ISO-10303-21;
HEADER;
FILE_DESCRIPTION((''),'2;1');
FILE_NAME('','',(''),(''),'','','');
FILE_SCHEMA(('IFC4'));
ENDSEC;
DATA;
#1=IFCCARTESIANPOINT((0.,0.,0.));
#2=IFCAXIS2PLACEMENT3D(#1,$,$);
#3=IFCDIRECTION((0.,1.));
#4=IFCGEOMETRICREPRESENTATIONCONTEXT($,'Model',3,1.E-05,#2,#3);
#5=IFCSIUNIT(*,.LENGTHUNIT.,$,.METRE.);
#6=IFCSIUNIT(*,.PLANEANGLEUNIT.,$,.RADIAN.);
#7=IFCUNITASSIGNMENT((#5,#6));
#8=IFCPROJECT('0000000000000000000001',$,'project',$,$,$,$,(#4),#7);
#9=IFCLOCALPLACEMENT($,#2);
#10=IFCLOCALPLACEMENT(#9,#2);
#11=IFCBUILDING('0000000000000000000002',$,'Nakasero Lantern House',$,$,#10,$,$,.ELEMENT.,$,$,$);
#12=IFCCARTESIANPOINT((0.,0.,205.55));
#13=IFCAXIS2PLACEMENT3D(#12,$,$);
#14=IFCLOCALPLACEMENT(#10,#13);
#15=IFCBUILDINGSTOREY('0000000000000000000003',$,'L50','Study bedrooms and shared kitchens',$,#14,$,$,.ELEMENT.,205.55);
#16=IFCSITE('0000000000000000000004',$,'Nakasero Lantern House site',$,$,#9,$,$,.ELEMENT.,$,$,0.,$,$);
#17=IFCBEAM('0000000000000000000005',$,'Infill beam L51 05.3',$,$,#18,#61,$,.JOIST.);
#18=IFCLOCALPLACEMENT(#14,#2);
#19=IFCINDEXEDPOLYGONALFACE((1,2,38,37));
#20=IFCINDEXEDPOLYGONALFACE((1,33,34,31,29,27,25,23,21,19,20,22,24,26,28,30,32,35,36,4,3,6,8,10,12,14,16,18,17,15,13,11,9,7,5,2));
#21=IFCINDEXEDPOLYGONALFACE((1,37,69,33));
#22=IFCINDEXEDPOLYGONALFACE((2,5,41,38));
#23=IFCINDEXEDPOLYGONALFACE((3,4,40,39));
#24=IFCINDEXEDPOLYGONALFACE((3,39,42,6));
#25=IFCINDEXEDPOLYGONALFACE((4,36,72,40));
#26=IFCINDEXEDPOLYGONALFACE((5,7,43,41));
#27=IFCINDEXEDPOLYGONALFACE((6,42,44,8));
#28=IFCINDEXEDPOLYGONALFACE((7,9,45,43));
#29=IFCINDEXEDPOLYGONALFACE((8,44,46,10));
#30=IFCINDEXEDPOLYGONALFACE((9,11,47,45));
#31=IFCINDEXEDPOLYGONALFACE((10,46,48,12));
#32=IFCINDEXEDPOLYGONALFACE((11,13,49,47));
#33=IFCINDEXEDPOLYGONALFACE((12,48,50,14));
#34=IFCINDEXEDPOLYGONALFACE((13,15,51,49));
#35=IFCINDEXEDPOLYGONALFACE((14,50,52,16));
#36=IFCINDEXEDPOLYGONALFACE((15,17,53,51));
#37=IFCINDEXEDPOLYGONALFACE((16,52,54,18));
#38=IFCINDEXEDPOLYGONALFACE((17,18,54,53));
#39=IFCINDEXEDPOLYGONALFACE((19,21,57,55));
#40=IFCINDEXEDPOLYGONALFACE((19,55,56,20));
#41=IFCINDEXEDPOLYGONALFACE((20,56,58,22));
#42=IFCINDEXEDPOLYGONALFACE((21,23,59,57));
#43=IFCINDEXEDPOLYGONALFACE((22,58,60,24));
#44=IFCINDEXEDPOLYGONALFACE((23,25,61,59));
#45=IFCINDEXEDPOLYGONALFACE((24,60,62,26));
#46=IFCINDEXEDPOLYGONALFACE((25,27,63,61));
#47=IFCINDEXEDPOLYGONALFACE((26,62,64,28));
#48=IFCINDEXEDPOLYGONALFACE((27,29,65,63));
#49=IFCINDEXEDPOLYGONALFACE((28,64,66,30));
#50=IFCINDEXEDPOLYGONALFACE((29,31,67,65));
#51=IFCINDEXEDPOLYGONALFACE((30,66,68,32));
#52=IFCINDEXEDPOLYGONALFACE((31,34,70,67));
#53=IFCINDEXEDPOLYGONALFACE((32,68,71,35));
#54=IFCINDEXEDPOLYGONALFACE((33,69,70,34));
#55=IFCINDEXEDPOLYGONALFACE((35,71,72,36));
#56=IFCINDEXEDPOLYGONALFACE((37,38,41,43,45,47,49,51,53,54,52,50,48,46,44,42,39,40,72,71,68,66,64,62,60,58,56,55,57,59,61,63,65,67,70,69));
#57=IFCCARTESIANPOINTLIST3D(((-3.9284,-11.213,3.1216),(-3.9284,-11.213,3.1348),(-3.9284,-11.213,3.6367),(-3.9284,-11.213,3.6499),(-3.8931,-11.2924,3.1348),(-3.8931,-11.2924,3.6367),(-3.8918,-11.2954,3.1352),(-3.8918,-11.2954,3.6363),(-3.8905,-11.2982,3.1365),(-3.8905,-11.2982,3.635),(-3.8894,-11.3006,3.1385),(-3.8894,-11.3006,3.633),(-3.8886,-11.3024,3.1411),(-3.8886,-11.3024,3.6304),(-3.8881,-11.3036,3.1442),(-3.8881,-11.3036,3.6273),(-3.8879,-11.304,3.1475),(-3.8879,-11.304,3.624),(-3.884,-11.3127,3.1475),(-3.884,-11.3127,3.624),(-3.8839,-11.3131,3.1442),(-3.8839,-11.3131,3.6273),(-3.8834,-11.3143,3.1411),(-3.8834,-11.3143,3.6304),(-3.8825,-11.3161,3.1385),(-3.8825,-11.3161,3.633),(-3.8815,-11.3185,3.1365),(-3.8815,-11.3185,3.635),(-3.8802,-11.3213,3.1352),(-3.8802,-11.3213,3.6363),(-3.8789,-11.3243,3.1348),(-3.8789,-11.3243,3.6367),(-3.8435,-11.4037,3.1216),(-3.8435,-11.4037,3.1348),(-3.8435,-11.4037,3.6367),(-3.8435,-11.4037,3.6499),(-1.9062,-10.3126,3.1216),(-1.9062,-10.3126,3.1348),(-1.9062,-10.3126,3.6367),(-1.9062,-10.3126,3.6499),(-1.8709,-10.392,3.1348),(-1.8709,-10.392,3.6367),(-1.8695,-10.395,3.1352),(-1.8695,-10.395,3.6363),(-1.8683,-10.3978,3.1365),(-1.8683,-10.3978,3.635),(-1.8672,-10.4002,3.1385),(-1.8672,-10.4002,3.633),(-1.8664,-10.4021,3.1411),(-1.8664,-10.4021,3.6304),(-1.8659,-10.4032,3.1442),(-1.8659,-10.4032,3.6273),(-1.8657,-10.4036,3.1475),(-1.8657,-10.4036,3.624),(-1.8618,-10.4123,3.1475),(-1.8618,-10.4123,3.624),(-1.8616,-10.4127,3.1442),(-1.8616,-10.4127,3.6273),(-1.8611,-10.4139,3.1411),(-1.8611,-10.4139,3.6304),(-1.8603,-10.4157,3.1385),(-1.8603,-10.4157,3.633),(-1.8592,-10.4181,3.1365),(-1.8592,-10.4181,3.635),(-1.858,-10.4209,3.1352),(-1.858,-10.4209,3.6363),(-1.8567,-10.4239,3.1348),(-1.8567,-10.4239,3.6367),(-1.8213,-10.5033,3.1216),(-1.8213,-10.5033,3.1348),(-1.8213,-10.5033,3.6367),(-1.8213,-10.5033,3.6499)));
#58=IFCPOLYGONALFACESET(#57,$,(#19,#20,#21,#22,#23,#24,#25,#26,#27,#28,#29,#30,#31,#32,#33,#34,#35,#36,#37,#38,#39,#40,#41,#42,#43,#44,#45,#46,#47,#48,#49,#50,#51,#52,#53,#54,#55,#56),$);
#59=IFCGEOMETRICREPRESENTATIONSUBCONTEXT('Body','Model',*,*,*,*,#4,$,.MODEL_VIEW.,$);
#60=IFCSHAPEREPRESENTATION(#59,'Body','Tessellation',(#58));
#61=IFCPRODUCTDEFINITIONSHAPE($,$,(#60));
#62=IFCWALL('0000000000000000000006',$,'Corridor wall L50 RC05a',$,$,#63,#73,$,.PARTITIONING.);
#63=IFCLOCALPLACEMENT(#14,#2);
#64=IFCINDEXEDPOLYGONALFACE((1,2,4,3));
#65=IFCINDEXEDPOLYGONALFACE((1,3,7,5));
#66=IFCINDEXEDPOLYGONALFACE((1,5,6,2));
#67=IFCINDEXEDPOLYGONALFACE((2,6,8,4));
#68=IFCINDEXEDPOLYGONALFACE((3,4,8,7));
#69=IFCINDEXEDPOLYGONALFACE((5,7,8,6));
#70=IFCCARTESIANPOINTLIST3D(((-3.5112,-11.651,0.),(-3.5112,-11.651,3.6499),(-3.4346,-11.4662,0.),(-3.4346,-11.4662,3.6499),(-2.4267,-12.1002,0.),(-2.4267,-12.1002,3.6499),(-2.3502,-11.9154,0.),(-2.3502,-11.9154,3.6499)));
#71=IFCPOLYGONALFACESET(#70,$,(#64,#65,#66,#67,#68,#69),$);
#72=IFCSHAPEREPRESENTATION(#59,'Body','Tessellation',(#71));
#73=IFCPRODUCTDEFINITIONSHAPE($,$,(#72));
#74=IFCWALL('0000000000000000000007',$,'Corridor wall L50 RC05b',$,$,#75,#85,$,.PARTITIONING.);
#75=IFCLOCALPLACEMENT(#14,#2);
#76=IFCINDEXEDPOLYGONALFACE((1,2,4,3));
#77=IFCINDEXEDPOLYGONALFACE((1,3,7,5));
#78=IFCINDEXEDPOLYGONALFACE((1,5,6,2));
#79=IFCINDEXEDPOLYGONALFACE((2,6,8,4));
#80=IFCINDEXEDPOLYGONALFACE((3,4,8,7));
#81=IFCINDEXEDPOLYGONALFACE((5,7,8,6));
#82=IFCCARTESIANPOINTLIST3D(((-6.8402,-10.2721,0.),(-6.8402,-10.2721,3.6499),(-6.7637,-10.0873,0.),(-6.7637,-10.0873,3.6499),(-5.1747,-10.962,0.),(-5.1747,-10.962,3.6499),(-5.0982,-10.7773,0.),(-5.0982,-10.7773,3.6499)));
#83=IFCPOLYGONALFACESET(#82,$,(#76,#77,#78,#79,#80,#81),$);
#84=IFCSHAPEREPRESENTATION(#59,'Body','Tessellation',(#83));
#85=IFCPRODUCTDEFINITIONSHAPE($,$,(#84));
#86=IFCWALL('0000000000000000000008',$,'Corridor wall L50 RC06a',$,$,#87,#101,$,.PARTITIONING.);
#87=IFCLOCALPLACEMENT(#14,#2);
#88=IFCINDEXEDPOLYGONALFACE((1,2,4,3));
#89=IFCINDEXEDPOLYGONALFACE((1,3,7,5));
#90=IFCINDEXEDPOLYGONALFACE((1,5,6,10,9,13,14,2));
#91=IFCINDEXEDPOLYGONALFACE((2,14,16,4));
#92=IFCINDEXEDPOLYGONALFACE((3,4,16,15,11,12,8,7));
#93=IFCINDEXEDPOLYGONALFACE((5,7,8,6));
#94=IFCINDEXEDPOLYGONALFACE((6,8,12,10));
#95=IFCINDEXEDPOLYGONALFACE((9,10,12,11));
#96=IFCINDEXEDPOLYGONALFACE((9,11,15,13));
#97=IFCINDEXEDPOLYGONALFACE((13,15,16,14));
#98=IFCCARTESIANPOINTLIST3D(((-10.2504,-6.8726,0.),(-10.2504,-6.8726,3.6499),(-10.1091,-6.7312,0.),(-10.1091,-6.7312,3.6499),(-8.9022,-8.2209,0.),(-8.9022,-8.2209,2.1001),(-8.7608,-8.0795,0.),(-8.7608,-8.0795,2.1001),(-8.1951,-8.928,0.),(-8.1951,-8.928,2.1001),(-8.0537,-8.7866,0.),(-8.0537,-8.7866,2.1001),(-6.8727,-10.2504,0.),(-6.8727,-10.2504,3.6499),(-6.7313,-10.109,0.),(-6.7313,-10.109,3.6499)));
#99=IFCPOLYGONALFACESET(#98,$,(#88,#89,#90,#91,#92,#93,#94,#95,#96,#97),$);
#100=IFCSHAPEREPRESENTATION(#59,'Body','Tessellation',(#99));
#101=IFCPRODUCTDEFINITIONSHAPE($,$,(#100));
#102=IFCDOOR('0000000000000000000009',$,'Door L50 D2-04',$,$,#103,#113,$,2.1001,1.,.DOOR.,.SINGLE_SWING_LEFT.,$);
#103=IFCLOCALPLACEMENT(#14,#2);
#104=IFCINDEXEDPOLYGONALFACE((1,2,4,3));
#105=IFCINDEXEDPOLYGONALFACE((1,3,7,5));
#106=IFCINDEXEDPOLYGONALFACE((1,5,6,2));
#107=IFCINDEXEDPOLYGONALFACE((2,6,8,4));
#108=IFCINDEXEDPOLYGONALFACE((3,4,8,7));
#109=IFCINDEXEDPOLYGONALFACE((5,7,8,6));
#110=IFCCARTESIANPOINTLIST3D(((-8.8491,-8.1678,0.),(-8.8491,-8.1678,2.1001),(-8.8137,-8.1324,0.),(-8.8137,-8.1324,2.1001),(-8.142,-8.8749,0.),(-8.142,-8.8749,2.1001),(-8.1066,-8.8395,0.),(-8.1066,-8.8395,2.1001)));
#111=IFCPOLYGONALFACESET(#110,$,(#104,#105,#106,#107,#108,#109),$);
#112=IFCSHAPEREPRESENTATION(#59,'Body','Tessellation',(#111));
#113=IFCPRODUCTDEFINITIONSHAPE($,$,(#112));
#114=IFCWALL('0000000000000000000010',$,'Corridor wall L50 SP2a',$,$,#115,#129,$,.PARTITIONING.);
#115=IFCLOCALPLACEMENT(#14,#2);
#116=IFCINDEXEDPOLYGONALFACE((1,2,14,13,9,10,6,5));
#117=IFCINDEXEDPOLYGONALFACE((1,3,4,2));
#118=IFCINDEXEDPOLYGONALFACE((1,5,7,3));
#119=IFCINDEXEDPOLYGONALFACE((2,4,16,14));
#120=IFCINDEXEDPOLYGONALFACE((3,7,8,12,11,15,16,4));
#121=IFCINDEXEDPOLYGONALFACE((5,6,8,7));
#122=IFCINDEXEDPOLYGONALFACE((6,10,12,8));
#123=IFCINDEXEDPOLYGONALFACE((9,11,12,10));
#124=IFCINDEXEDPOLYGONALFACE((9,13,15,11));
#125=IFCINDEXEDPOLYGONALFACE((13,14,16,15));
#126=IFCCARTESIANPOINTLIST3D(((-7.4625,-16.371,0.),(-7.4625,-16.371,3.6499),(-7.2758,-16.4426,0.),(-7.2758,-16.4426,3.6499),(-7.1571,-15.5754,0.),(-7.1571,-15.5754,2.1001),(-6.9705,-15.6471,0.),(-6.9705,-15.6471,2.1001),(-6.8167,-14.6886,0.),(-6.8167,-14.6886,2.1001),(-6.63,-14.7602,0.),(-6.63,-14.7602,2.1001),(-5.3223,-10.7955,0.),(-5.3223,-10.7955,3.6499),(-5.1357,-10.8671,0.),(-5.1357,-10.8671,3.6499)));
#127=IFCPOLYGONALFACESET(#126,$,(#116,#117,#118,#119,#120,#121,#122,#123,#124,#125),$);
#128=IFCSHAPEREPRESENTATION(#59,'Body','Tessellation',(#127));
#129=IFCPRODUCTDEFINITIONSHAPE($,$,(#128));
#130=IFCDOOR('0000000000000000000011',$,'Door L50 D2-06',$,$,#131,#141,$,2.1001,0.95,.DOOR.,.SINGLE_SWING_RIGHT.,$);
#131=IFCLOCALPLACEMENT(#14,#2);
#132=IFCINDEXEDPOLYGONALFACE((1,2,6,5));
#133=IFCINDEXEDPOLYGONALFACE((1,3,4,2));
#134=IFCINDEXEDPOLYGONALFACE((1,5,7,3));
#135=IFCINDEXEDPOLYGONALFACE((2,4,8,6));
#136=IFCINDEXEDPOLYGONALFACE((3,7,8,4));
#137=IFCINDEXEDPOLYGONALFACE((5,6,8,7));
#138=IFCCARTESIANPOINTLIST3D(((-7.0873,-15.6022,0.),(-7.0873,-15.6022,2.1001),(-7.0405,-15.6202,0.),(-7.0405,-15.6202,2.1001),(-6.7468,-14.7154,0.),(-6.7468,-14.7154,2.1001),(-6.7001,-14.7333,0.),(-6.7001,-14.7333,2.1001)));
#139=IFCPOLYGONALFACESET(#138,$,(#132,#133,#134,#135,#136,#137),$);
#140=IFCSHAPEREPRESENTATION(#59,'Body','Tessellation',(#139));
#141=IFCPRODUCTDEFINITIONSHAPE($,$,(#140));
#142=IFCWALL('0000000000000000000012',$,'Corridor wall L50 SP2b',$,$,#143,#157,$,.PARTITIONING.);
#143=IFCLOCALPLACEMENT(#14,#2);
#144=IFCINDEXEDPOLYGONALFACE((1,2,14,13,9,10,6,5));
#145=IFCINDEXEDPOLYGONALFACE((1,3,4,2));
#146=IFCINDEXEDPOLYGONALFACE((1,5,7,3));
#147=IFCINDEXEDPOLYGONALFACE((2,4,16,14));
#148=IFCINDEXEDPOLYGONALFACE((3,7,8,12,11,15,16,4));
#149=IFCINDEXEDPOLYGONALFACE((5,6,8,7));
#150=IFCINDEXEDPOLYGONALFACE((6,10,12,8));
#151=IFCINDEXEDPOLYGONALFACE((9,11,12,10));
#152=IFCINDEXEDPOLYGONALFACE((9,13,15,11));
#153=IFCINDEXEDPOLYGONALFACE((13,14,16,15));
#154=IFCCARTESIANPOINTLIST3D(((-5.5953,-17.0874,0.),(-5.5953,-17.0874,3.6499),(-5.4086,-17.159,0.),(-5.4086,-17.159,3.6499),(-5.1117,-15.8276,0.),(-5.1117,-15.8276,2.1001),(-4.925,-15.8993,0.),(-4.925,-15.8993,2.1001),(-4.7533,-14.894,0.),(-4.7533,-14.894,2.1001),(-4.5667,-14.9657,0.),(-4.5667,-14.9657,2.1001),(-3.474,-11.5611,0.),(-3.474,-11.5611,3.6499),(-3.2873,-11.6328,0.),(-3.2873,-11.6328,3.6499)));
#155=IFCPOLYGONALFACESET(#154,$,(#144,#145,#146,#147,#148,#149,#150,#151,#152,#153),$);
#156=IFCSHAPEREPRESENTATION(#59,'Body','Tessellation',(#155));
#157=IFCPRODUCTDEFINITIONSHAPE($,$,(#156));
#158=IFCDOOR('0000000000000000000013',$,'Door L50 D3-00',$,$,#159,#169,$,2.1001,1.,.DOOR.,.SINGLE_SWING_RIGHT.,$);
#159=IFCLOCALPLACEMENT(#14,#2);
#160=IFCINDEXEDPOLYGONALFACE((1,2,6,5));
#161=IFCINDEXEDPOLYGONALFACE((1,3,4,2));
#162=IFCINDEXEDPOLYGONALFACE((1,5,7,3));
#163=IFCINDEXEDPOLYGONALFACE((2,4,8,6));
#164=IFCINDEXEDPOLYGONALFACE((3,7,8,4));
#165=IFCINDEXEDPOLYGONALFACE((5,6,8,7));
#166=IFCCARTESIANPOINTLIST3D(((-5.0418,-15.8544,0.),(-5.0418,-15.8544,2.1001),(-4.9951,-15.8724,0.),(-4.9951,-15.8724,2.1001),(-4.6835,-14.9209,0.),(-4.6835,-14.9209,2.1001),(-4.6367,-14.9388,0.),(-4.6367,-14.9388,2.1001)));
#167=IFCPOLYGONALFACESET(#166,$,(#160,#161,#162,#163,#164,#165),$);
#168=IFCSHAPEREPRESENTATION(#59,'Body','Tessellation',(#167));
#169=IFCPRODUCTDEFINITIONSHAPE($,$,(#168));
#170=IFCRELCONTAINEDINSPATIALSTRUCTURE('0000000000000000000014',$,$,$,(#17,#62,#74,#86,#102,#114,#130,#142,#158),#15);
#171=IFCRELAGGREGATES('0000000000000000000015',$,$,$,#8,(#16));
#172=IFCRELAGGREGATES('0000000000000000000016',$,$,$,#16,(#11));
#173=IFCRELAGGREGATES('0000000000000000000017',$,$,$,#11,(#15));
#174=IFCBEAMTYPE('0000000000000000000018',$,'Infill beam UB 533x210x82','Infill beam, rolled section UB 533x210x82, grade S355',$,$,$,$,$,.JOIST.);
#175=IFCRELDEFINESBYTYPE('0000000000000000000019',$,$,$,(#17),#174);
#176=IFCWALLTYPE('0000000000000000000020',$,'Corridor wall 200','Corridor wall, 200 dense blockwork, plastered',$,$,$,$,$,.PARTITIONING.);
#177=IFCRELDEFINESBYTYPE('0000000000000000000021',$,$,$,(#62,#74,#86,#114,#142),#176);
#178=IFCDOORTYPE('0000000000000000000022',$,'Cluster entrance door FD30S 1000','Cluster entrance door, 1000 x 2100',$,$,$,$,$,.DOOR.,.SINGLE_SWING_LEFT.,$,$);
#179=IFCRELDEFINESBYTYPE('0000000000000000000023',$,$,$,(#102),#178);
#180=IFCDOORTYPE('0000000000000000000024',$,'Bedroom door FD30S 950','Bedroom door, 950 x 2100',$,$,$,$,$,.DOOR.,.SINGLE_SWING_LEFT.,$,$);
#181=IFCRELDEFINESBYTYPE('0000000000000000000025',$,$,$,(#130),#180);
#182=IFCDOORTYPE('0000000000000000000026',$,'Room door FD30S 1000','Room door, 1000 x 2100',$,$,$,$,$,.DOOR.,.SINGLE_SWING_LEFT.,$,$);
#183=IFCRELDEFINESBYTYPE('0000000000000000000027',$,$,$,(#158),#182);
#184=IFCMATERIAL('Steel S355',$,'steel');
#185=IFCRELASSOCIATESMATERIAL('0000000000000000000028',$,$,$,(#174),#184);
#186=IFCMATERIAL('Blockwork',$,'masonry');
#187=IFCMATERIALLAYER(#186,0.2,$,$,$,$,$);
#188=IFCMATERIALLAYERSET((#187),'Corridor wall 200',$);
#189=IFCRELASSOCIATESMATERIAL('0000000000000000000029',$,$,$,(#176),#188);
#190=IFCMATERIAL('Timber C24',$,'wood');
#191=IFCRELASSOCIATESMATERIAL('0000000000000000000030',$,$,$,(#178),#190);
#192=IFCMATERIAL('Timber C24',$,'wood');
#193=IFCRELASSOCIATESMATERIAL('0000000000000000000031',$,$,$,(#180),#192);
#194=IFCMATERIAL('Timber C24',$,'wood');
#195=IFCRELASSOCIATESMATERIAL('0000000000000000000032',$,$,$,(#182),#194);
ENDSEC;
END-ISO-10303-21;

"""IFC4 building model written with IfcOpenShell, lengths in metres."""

from ifc_helpers import new_model, si_unit, direction, frame, frame_2d, origin, origin_2d, place, context, subcontext, project, spatial, rectangle, i_section, extrude, material, layer, layer_set, material_profile, profile_set, type_object, element, fill, save


model = new_model("IFC4")

# Units and contexts
model_context = context("Model", 3, precision=1e-05, world=origin(), true_north=direction((0.0, 1.0)))
body_context = subcontext(model_context, "Body", "Model", "MODEL_VIEW")
ifc_project = project(units=[si_unit("LENGTHUNIT", "METRE"), si_unit("PLANEANGLEUNIT", "RADIAN")], contexts=[model_context])

# Site, building, storey
site_placement = place(None, origin())
site = spatial("IfcSite", under=ifc_project, at=site_placement, Name="Nakasero Lantern House site", CompositionType="ELEMENT", RefElevation=0.0)
building_placement = place(site_placement, origin())
building = spatial("IfcBuilding", under=site, at=building_placement, Name="Nakasero Lantern House", CompositionType="ELEMENT")
storey_placement = place(building_placement, frame((0.0, 0.0, 205.55)))
storey = spatial("IfcBuildingStorey", under=building, at=storey_placement, Name="L50", Description="Study bedrooms and shared kitchens", CompositionType="ELEMENT", Elevation=205.55)

# Beam
ifc_material_1 = material(Name="Steel S355", Category="steel")
ifc_material_profile = material_profile(ifc_material_1, i_section(OverallWidth=0.2087, OverallDepth=0.5283, WebThickness=0.0095, FlangeThickness=0.0132, FilletRadius=0.0127, at=origin_2d()), Name="UB 533x210x82")
ifc_profile_set = profile_set([ifc_material_profile], Name="Steel S355")
beam_type = type_object("IfcBeamType", Name="Infill beam UB 533x210x82", Description="Infill beam, rolled section UB 533x210x82, grade S355", PredefinedType="JOIST", material=ifc_profile_set)
beam_placement = place(storey_placement, frame((-3.886, -11.3083, 3.3857), z_axis=(0.913538, 0.406752, 0.0), x_axis=(-0.406752, 0.913538, 0.0)))
element("IfcBeam", 1, at=beam_placement, inside=storey, type_object=beam_type, Name="Infill beam L51 05.3", PredefinedType="JOIST", context=body_context, shape_type="SweptSolid", body=[
    extrude(i_section(OverallWidth=0.2087, OverallDepth=0.5283, WebThickness=0.0095, FlangeThickness=0.0132, FilletRadius=0.0127, at=origin_2d()), origin(), (0.0, 0.0, 1.0), 2.2136),
])

# Walls
ifc_material_2 = material(Name="Blockwork", Category="masonry")
ifc_layer_1 = layer(ifc_material_2, 0.2)
ifc_layer_set_1 = layer_set([ifc_layer_1], Name="Corridor wall 200")
wall_type_1 = type_object("IfcWallType", Name="Corridor wall 200", Description="Corridor wall, 200 dense blockwork, plastered", PredefinedType="PARTITIONING", material=ifc_layer_set_1)
wall_1_placement = place(storey_placement, frame((-2.3884, -12.0078, 0.0), z_axis=(0.0, 0.0, 1.0), x_axis=(-0.923875, 0.382695, 0.0)))
element("IfcWall", 2, at=wall_1_placement, inside=storey, type_object=wall_type_1, Name="Corridor wall L50 RC05a", PredefinedType="PARTITIONING", context=body_context, shape_type="SweptSolid", body=[
    extrude(rectangle(XDim=1.1738, YDim=0.2, at=frame_2d((0.5869, 0.0))), origin(), (0.0, 0.0, 1.0), 3.6499),
])
wall_2_placement = place(storey_placement, frame((-5.1365, -10.8696, 0.0), z_axis=(0.0, 0.0, 1.0), x_axis=(-0.923868, 0.382711, 0.0)))
element("IfcWall", 3, at=wall_2_placement, inside=storey, type_object=wall_type_1, Name="Corridor wall L50 RC05b", PredefinedType="PARTITIONING", context=body_context, shape_type="SweptSolid", body=[
    extrude(rectangle(XDim=1.8027, YDim=0.2, at=frame_2d((0.9014, 0.0))), origin(), (0.0, 0.0, 1.0), 3.6499),
])

# Walls, openings, doors
wall_3_placement = place(storey_placement, frame((-6.802, -10.1797, 0.0), z_axis=(0.0, 0.0, 1.0), x_axis=(-0.707107, 0.707107, 0.0)))
wall_3 = element("IfcWall", 4, at=wall_3_placement, inside=storey, type_object=wall_type_1, Name="Corridor wall L50 RC06a", PredefinedType="PARTITIONING", context=body_context, shape_type="SweptSolid", body=[
    extrude(rectangle(XDim=4.7769, YDim=0.2, at=frame_2d((2.3884, 0.0))), origin(), (0.0, 0.0, 1.0), 3.6499),
])
opening_1_placement = place(wall_3_placement, frame((1.8701, 0.0, 0.0)))
opening_1 = element("IfcOpeningElement", 5, at=opening_1_placement, cuts=wall_3, PredefinedType="OPENING", context=body_context, shape_type="SweptSolid", body=[
    extrude(rectangle(XDim=1.0, YDim=2.1001, at=frame_2d((0.5, 1.05))), frame((0.0, 0.1199, 0.0), z_axis=(0.0, -1.0, 0.0), x_axis=(1.0, 0.0, 0.0)), (0.0, 0.0, 1.0), 0.24),
])
ifc_material_3 = material(Name="Timber C24", Category="wood")
door_type_1 = type_object("IfcDoorType", Name="Cluster entrance door FD30S 1000", Description="Cluster entrance door, 1000 x 2100", OperationType="SINGLE_SWING_LEFT", PredefinedType="DOOR", material=ifc_material_3)
door_1_placement = place(opening_1_placement, origin())
door_1 = element("IfcDoor", 6, at=door_1_placement, inside=storey, type_object=door_type_1, Name="Door L50 D2-04", OperationType="SINGLE_SWING_LEFT", OverallHeight=2.1001, OverallWidth=1.0, PredefinedType="DOOR", context=body_context, shape_type="SweptSolid", body=[
    extrude(rectangle(XDim=1.0, YDim=2.1001, at=frame_2d((0.5, 1.05))), frame((0.0, 0.0249, 0.0), z_axis=(0.0, -1.0, 0.0), x_axis=(1.0, 0.0, 0.0)), (0.0, 0.0, 1.0), 0.05),
])
fill(opening_1, door_1)
wall_4_placement = place(storey_placement, frame((-5.229, -10.8313, 0.0), z_axis=(0.0, 0.0, 1.0), x_axis=(-0.358357, -0.933585, 0.0)))
wall_4 = element("IfcWall", 7, at=wall_4_placement, inside=storey, type_object=wall_type_1, Name="Corridor wall L50 SP2a", PredefinedType="PARTITIONING", context=body_context, shape_type="SweptSolid", body=[
    extrude(rectangle(XDim=5.9722, YDim=0.2, at=frame_2d((2.9861, 0.0))), origin(), (0.0, 0.0, 1.0), 3.6499),
])
opening_2_placement = place(wall_4_placement, frame((4.1699, 0.0, 0.0)))
opening_2 = element("IfcOpeningElement", 8, at=opening_2_placement, cuts=wall_4, PredefinedType="OPENING", context=body_context, shape_type="SweptSolid", body=[
    extrude(rectangle(XDim=0.95, YDim=2.1001, at=frame_2d((0.4751, 1.05))), frame((0.0, 0.1199, 0.0), z_axis=(0.0, -1.0, 0.0), x_axis=(1.0, 0.0, 0.0)), (0.0, 0.0, 1.0), 0.24),
])
ifc_material_4 = material(Name="Timber C24", Category="wood")
door_type_2 = type_object("IfcDoorType", Name="Bedroom door FD30S 950", Description="Bedroom door, 950 x 2100", OperationType="SINGLE_SWING_LEFT", PredefinedType="DOOR", material=ifc_material_4)
door_2_placement = place(opening_2_placement, origin())
door_2 = element("IfcDoor", 9, at=door_2_placement, inside=storey, type_object=door_type_2, Name="Door L50 D2-06", OperationType="SINGLE_SWING_RIGHT", OverallHeight=2.1001, OverallWidth=0.95, PredefinedType="DOOR", context=body_context, shape_type="SweptSolid", body=[
    extrude(rectangle(XDim=0.95, YDim=2.1001, at=frame_2d((0.4751, 1.05))), frame((0.0, 0.0249, 0.0), z_axis=(0.0, -1.0, 0.0), x_axis=(1.0, 0.0, 0.0)), (0.0, 0.0, 1.0), 0.05),
])
fill(opening_2, door_2)
wall_5_placement = place(storey_placement, frame((-3.3806, -11.5969, 0.0), z_axis=(0.0, 0.0, 1.0), x_axis=(-0.358363, -0.933582, 0.0)))
wall_5 = element("IfcWall", 10, at=wall_5_placement, inside=storey, type_object=wall_type_1, Name="Corridor wall L50 SP2b", PredefinedType="PARTITIONING", context=body_context, shape_type="SweptSolid", body=[
    extrude(rectangle(XDim=5.9194, YDim=0.2, at=frame_2d((2.9597, 0.0))), origin(), (0.0, 0.0, 1.0), 3.6499),
])
opening_3_placement = place(wall_5_placement, frame((3.5701, 0.0, 0.0)))
opening_3 = element("IfcOpeningElement", 11, at=opening_3_placement, cuts=wall_5, PredefinedType="OPENING", context=body_context, shape_type="SweptSolid", body=[
    extrude(rectangle(XDim=1.0, YDim=2.1001, at=frame_2d((0.5, 1.05))), frame((0.0, 0.1199, 0.0), z_axis=(0.0, -1.0, 0.0), x_axis=(1.0, 0.0, 0.0)), (0.0, 0.0, 1.0), 0.24),
])
ifc_material_5 = material(Name="Timber C24", Category="wood")
door_type_3 = type_object("IfcDoorType", Name="Room door FD30S 1000", Description="Room door, 1000 x 2100", OperationType="SINGLE_SWING_LEFT", PredefinedType="DOOR", material=ifc_material_5)
door_3_placement = place(opening_3_placement, origin())
door_3 = element("IfcDoor", 12, at=door_3_placement, inside=storey, type_object=door_type_3, Name="Door L50 D3-00", OperationType="SINGLE_SWING_RIGHT", OverallHeight=2.1001, OverallWidth=1.0, PredefinedType="DOOR", context=body_context, shape_type="SweptSolid", body=[
    extrude(rectangle(XDim=1.0, YDim=2.1001, at=frame_2d((0.5, 1.05))), frame((0.0, 0.0249, 0.0), z_axis=(0.0, -1.0, 0.0), x_axis=(1.0, 0.0, 0.0)), (0.0, 0.0, 1.0), 0.05),
])
fill(opening_3, door_3)

save(model, "model.ifc")
